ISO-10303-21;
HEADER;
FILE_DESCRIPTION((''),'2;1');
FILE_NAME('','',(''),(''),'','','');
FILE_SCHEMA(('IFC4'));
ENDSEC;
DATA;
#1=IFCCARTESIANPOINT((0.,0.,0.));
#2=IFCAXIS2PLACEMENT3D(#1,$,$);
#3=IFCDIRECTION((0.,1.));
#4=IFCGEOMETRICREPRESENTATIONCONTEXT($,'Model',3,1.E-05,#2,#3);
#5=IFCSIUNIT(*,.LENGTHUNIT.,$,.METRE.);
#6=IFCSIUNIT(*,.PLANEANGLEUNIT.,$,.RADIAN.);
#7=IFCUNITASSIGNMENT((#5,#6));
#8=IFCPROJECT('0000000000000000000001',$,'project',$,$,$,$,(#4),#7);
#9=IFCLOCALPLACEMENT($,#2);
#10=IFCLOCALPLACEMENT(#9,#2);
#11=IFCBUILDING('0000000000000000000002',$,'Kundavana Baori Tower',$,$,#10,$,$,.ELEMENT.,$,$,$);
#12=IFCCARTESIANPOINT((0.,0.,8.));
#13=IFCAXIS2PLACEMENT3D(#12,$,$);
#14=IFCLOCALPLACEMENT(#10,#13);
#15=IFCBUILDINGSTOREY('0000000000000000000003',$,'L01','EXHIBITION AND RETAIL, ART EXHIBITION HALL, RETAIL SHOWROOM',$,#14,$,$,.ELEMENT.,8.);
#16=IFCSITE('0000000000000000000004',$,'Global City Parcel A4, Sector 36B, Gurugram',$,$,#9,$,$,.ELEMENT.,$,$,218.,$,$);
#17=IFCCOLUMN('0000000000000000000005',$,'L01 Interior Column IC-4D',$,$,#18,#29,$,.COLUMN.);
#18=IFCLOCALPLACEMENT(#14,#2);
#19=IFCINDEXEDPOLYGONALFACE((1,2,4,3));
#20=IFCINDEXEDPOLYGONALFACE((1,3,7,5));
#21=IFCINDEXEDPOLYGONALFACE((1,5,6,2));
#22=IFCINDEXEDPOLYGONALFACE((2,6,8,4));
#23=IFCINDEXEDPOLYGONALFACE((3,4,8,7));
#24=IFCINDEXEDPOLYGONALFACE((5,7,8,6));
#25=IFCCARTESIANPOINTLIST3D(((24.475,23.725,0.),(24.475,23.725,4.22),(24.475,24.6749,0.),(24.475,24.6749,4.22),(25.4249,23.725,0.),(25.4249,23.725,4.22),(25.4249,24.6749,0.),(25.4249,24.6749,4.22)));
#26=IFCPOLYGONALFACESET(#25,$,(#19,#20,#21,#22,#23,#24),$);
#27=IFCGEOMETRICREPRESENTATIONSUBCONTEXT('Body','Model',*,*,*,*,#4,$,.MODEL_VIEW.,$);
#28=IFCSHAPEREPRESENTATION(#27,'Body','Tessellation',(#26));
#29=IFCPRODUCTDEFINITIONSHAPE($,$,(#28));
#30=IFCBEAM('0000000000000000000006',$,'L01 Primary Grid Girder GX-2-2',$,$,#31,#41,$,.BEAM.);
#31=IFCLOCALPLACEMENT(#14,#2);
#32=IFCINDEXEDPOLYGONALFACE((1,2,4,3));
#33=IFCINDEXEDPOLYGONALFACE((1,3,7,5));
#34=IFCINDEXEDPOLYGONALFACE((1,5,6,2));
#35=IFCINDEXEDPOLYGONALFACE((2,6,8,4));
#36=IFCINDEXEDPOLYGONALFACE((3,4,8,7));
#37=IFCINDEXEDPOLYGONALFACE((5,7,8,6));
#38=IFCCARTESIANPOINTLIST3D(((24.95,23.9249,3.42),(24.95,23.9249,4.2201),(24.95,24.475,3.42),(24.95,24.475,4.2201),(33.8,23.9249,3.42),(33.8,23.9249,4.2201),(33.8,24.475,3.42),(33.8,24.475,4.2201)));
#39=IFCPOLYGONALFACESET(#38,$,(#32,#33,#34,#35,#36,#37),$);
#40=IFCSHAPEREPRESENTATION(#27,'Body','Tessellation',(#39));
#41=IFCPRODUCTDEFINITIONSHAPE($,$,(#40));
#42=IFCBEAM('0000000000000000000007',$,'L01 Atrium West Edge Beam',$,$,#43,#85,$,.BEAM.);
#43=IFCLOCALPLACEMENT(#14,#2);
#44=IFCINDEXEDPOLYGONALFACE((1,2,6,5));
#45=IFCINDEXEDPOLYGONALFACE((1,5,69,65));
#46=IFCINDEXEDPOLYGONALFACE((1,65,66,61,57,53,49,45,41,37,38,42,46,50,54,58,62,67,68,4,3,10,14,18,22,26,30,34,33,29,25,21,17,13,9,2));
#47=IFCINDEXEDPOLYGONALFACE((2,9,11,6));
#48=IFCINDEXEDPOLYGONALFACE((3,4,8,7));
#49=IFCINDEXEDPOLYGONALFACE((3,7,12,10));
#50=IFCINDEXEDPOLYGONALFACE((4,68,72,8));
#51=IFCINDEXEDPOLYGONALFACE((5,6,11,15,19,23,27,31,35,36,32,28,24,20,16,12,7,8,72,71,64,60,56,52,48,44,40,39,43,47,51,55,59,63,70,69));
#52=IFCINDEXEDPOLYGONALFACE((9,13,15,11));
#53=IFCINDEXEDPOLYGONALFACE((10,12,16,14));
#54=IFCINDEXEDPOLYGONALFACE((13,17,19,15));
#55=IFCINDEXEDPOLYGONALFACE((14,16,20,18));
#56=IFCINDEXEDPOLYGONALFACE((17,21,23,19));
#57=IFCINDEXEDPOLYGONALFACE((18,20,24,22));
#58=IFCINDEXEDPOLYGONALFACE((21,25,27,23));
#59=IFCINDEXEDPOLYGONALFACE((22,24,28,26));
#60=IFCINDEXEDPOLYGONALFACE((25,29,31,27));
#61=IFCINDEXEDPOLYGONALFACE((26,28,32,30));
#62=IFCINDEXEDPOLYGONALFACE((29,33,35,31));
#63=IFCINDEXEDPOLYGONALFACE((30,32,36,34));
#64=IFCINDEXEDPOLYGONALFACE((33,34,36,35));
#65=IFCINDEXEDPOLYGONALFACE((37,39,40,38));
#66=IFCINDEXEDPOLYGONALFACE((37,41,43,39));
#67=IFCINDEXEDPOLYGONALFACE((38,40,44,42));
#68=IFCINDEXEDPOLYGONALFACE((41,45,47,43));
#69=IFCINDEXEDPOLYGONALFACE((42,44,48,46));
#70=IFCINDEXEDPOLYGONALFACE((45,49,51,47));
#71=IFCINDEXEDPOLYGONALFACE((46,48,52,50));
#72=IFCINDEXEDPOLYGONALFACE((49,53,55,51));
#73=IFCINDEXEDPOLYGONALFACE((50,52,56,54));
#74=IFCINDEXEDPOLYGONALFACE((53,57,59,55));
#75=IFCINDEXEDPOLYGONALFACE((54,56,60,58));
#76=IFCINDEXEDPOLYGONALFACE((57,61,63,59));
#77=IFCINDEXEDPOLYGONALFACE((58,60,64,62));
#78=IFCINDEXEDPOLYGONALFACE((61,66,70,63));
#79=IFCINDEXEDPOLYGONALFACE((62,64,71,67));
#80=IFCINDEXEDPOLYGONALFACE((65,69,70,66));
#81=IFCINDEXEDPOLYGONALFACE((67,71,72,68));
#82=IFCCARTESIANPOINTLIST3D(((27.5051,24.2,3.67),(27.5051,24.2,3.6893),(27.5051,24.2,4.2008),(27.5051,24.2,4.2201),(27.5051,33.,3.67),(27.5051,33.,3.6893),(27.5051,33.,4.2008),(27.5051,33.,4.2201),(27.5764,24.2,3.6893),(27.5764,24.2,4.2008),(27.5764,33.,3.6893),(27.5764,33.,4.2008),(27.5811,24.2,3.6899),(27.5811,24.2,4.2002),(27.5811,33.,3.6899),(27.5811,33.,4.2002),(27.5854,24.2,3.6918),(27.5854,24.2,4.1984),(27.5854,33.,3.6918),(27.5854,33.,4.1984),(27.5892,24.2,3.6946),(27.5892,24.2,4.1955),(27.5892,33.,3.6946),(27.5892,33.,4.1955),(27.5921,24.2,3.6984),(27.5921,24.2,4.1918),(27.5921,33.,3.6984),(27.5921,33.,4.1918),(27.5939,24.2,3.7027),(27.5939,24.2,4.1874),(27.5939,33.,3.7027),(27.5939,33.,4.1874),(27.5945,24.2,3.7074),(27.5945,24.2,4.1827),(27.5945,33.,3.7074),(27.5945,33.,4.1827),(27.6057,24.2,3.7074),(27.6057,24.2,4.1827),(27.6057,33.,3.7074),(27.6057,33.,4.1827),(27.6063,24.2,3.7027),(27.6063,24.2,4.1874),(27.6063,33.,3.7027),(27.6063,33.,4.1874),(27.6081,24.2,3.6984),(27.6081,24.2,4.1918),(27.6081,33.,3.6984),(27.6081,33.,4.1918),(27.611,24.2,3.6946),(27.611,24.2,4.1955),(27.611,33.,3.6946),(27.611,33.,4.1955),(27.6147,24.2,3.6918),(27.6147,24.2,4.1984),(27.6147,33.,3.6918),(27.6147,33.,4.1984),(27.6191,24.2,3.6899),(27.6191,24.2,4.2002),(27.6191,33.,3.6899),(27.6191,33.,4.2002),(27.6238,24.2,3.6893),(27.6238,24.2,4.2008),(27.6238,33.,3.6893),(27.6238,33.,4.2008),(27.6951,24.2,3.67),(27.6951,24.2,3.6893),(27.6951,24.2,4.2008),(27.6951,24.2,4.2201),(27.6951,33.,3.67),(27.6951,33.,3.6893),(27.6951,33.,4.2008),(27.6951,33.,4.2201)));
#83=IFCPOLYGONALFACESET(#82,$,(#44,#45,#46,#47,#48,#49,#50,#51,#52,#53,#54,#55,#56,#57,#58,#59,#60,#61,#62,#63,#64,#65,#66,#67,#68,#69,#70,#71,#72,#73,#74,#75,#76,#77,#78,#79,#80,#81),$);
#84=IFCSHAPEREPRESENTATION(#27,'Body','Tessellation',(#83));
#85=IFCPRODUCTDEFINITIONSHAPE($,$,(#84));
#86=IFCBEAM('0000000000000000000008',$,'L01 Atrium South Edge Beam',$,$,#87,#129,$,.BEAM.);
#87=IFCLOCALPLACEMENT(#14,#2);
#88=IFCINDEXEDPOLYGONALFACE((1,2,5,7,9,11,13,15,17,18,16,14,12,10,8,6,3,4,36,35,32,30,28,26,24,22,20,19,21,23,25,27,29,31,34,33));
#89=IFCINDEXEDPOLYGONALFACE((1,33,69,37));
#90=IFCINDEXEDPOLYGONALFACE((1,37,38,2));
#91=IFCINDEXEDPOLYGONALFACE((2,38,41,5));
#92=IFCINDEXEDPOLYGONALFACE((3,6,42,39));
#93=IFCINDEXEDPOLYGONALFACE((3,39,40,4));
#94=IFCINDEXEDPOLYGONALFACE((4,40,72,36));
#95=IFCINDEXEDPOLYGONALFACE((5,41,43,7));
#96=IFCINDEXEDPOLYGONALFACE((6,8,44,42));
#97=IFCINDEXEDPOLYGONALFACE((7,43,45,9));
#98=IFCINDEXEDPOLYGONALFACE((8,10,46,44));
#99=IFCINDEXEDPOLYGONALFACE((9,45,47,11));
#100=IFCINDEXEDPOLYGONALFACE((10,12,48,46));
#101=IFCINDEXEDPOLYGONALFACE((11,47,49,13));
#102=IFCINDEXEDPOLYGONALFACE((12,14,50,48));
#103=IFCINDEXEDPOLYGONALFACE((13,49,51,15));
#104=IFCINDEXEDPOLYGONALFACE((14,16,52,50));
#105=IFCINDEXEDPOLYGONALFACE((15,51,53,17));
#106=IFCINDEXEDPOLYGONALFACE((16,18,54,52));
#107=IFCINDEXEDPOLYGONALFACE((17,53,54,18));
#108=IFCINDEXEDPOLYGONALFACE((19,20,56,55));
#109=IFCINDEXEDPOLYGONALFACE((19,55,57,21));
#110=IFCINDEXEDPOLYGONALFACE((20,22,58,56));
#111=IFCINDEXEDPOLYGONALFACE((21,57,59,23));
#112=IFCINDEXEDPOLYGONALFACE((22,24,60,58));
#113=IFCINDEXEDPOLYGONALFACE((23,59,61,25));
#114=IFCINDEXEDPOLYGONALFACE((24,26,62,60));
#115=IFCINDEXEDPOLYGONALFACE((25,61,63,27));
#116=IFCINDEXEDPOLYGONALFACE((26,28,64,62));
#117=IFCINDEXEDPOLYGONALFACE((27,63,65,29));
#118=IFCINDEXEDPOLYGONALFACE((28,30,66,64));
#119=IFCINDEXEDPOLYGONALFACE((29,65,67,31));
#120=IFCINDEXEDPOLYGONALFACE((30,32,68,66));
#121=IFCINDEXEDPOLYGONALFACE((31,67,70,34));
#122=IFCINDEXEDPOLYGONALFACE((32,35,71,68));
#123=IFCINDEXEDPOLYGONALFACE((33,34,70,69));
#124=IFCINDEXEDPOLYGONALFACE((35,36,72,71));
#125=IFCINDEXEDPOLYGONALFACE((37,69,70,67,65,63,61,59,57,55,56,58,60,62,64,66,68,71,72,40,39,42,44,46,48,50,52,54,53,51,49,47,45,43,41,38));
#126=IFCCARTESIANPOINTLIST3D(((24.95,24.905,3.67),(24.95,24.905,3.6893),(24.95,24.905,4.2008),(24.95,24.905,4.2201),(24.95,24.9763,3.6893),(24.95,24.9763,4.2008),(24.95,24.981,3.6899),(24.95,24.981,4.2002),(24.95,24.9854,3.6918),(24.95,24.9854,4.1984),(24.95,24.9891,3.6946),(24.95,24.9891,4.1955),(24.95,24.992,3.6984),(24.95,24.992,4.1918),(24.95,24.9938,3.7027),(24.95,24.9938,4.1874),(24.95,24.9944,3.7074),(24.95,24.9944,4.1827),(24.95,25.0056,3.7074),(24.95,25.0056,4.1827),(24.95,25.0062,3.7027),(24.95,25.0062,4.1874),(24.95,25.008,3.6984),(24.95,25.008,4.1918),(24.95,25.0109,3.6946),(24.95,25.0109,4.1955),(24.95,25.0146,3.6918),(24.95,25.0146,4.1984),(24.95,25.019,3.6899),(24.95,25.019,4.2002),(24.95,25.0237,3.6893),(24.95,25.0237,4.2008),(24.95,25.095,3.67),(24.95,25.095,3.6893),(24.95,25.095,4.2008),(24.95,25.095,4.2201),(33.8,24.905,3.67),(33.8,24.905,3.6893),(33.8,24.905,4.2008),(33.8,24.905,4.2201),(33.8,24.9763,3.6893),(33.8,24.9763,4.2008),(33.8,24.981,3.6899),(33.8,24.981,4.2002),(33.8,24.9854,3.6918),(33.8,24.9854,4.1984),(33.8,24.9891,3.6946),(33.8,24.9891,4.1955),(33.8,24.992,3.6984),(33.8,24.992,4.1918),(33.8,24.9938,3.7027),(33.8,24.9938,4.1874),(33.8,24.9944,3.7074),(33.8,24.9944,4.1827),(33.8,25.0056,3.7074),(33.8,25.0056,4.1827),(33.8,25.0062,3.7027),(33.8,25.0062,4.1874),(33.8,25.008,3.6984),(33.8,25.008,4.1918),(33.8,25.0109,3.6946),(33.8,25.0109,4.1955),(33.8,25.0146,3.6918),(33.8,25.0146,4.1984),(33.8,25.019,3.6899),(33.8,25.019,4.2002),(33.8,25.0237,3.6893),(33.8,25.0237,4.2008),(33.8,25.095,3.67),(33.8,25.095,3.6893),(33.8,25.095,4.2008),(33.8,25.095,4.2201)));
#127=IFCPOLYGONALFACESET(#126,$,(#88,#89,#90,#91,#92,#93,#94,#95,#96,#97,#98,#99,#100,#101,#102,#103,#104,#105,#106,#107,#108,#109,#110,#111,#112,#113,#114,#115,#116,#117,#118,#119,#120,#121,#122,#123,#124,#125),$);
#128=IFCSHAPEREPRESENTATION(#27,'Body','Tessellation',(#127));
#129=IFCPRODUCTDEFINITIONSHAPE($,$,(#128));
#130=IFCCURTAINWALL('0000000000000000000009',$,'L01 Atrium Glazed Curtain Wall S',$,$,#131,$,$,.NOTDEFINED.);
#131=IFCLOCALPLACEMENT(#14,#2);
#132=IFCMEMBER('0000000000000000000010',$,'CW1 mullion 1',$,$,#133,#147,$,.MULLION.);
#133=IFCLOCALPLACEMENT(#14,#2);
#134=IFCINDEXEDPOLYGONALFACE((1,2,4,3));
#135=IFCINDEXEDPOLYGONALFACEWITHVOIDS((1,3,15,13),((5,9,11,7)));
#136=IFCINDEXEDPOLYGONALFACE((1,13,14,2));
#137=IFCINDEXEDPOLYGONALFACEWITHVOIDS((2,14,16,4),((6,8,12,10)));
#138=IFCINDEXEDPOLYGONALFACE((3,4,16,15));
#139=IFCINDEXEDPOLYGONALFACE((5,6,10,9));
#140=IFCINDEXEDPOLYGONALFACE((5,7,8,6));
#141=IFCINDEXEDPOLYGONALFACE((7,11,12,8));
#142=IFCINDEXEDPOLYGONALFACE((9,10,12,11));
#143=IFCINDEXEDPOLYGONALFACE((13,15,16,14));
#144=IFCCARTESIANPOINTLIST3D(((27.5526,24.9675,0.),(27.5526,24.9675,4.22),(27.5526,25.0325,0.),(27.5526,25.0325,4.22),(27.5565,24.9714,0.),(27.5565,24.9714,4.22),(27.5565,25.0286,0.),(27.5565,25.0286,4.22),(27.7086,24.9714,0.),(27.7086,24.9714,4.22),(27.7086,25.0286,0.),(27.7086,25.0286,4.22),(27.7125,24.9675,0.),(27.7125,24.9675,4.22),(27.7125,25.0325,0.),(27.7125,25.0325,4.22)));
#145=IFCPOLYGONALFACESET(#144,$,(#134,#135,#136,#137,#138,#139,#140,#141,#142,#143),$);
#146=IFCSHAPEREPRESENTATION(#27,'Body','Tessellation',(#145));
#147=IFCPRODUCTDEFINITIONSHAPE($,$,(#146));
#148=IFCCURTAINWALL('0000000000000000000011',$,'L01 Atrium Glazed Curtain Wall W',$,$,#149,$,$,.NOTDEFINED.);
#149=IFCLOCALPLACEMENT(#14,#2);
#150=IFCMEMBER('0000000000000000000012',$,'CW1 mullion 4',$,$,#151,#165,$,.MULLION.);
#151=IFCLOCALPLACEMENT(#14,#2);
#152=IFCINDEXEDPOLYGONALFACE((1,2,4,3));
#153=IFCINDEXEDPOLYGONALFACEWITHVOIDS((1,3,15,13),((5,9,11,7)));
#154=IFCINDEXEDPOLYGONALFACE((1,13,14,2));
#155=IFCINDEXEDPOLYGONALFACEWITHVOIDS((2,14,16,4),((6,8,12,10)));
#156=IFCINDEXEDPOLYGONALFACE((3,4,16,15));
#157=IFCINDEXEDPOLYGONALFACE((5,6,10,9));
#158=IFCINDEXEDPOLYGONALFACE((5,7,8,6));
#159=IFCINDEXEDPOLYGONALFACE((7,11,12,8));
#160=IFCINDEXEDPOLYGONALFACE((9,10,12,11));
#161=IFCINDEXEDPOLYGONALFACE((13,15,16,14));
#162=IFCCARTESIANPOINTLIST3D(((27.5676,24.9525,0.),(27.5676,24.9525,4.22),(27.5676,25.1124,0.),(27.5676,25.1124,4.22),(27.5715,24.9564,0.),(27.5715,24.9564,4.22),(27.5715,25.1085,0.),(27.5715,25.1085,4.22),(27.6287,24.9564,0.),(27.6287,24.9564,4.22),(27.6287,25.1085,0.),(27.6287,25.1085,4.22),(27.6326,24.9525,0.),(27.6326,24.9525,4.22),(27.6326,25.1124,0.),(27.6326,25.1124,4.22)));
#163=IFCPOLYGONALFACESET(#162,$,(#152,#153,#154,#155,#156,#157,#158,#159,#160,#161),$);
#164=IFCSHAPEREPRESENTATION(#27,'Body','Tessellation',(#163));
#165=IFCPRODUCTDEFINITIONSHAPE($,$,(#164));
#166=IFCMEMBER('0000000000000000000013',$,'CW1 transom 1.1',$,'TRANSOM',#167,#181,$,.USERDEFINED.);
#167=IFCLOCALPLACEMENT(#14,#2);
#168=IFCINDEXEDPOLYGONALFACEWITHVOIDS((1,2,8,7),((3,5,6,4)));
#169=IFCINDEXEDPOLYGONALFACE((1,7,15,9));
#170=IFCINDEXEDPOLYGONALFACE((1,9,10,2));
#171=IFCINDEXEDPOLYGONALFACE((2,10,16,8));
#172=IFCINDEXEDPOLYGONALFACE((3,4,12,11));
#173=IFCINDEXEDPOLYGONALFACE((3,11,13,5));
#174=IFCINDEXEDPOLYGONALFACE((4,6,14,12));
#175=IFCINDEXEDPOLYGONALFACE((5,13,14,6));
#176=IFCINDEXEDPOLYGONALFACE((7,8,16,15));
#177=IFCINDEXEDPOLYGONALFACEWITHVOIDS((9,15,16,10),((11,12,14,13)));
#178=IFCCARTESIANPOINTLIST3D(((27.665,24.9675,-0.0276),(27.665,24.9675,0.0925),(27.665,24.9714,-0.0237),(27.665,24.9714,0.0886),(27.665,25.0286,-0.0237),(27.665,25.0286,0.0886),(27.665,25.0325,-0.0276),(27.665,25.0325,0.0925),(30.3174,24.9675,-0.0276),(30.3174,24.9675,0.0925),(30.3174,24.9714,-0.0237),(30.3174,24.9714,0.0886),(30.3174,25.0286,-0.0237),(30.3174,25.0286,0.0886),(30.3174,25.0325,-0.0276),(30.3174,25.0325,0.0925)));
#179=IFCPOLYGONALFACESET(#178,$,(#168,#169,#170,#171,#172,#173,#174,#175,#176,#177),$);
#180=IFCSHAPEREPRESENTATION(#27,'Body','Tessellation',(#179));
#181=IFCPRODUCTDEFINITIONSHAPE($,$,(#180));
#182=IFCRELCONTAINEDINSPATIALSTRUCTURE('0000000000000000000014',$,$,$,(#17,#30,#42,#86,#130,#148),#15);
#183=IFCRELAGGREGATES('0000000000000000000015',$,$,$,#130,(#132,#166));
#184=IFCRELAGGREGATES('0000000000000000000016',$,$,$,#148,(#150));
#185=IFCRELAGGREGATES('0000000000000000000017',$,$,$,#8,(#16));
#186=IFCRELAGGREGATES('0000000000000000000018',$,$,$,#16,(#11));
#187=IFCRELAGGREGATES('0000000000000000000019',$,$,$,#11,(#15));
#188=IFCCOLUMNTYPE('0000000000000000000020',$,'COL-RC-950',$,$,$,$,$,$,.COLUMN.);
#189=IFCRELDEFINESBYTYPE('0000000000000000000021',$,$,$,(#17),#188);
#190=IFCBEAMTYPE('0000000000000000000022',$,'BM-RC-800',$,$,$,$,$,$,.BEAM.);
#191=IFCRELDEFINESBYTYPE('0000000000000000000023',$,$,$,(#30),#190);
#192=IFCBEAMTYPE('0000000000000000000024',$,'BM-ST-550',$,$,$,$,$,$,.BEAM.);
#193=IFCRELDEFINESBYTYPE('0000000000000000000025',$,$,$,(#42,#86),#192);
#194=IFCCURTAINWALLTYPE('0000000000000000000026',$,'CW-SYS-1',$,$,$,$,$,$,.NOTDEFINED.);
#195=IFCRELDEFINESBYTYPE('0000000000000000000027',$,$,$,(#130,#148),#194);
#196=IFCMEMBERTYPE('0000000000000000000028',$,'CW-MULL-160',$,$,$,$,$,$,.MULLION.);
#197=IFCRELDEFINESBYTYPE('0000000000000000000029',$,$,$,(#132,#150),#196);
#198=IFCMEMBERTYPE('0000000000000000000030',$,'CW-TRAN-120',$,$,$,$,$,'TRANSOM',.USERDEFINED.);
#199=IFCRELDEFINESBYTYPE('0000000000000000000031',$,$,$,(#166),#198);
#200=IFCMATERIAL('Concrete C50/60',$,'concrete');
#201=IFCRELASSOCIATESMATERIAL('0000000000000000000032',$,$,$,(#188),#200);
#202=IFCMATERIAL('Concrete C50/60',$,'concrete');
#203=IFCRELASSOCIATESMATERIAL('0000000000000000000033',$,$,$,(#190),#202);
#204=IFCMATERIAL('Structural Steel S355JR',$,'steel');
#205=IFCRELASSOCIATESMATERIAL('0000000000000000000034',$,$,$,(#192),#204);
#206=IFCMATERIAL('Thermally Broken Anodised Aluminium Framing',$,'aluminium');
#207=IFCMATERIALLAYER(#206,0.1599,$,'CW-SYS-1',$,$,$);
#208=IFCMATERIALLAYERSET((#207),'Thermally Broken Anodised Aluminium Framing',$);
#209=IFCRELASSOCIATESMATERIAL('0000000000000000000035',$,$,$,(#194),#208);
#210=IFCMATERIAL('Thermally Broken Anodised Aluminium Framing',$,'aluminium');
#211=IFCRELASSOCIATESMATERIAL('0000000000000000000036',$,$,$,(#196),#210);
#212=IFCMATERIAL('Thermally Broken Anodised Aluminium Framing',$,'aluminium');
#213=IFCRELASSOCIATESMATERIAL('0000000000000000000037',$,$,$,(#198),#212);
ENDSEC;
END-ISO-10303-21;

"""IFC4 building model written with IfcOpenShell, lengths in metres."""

from ifc_helpers import new_model, si_unit, direction, frame, origin, origin_2d, place, context, subcontext, project, spatial, rectangle, hollow_rectangle, i_section, extrude, material, layer, layer_set, material_profile, profile_set, type_object, element, aggregate, save


model = new_model("IFC4")

# Units and contexts
model_context = context("Model", 3, precision=1e-05, world=origin(), true_north=direction((0.0, 1.0)))
body_context = subcontext(model_context, "Body", "Model", "MODEL_VIEW")
ifc_project = project(units=[si_unit("LENGTHUNIT", "METRE"), si_unit("PLANEANGLEUNIT", "RADIAN")], contexts=[model_context])

# Site, building, storey
site_placement = place(None, origin())
site = spatial("IfcSite", under=ifc_project, at=site_placement, Name="Global City Parcel A4, Sector 36B, Gurugram", CompositionType="ELEMENT", RefElevation=218.0)
building_placement = place(site_placement, origin())
building = spatial("IfcBuilding", under=site, at=building_placement, Name="Kundavana Baori Tower", CompositionType="ELEMENT")
storey_placement = place(building_placement, frame((0.0, 0.0, 8.0)))
storey = spatial("IfcBuildingStorey", under=building, at=storey_placement, Name="L01", Description="EXHIBITION AND RETAIL, ART EXHIBITION HALL, RETAIL SHOWROOM", CompositionType="ELEMENT", Elevation=8.0)

# Column
ifc_material_1 = material(Name="Concrete C50/60", Category="concrete")
ifc_material_profile_1 = material_profile(ifc_material_1, rectangle(XDim=0.95, YDim=0.95, at=origin_2d()), Name="RC 950x950")
ifc_profile_set_1 = profile_set([ifc_material_profile_1], Name="Concrete C50/60")
column_type = type_object("IfcColumnType", Name="COL-RC-950", PredefinedType="COLUMN", material=ifc_profile_set_1)
column_placement = place(storey_placement, frame((24.95, 24.2, 0.0), z_axis=(0.0, 0.0, 1.0), x_axis=(1.0, 0.0, 0.0)))
element("IfcColumn", 1, at=column_placement, inside=storey, type_object=column_type, Name="L01 Interior Column IC-4D", PredefinedType="COLUMN", context=body_context, shape_type="SweptSolid", body=[
    extrude(rectangle(XDim=0.95, YDim=0.95, at=origin_2d()), origin(), (0.0, 0.0, 1.0), 4.22),
])

# Beams
ifc_material_2 = material(Name="Concrete C50/60", Category="concrete")
ifc_material_profile_2 = material_profile(ifc_material_2, rectangle(XDim=0.55, YDim=0.8, at=origin_2d()), Name="RC BM 550x800")
ifc_profile_set_2 = profile_set([ifc_material_profile_2], Name="Concrete C50/60")
beam_type_1 = type_object("IfcBeamType", Name="BM-RC-800", PredefinedType="BEAM", material=ifc_profile_set_2)
beam_1_placement = place(storey_placement, frame((24.95, 24.2, 3.8201), z_axis=(1.0, 0.0, 0.0), x_axis=(0.0, 1.0, 0.0)))
element("IfcBeam", 2, at=beam_1_placement, inside=storey, type_object=beam_type_1, Name="L01 Primary Grid Girder GX-2-2", PredefinedType="BEAM", context=body_context, shape_type="SweptSolid", body=[
    extrude(rectangle(XDim=0.55, YDim=0.8, at=origin_2d()), origin(), (0.0, 0.0, 1.0), 8.8501),
])
ifc_material_3 = material(Name="Structural Steel S355JR", Category="steel")
ifc_material_profile_3 = material_profile(ifc_material_3, i_section(OverallWidth=0.1899, OverallDepth=0.55, WebThickness=0.0112, FlangeThickness=0.0193, FilletRadius=0.0181, at=origin_2d()), Name="ISMB 550")
ifc_profile_set_3 = profile_set([ifc_material_profile_3], Name="Structural Steel S355JR")
beam_type_2 = type_object("IfcBeamType", Name="BM-ST-550", PredefinedType="BEAM", material=ifc_profile_set_3)
beam_2_placement = place(storey_placement, frame((27.6001, 24.2, 3.9451), z_axis=(0.0, 1.0, 0.0), x_axis=(-1.0, 0.0, 0.0)))
element("IfcBeam", 3, at=beam_2_placement, inside=storey, type_object=beam_type_2, Name="L01 Atrium West Edge Beam", PredefinedType="BEAM", context=body_context, shape_type="SweptSolid", body=[
    extrude(i_section(OverallWidth=0.1899, OverallDepth=0.55, WebThickness=0.0112, FlangeThickness=0.0193, FilletRadius=0.0181, at=origin_2d()), origin(), (0.0, 0.0, 1.0), 8.8),
])
beam_3_placement = place(storey_placement, frame((24.95, 25.0, 3.9451), z_axis=(1.0, 0.0, 0.0), x_axis=(0.0, 1.0, 0.0)))
element("IfcBeam", 4, at=beam_3_placement, inside=storey, type_object=beam_type_2, Name="L01 Atrium South Edge Beam", PredefinedType="BEAM", context=body_context, shape_type="SweptSolid", body=[
    extrude(i_section(OverallWidth=0.1899, OverallDepth=0.55, WebThickness=0.0112, FlangeThickness=0.0193, FilletRadius=0.0181, at=origin_2d()), origin(), (0.0, 0.0, 1.0), 8.8501),
])

# Curtain walls, members
ifc_material_4 = material(Name="Thermally Broken Anodised Aluminium Framing", Category="aluminium")
ifc_layer_1 = layer(ifc_material_4, 0.1599, Name="CW-SYS-1")
ifc_layer_set_1 = layer_set([ifc_layer_1], Name="Thermally Broken Anodised Aluminium Framing")
curtain_wall_type = type_object("IfcCurtainWallType", Name="CW-SYS-1", PredefinedType="NOTDEFINED", material=ifc_layer_set_1)
curtain_wall_1_placement = place(storey_placement, origin())
curtain_wall_1 = element("IfcCurtainWall", 5, at=curtain_wall_1_placement, inside=storey, type_object=curtain_wall_type, Name="L01 Atrium Glazed Curtain Wall S", PredefinedType="NOTDEFINED")
ifc_material_5 = material(Name="Thermally Broken Anodised Aluminium Framing", Category="aluminium")
ifc_material_profile_4 = material_profile(ifc_material_5, hollow_rectangle(XDim=0.0649, YDim=0.1599, WallThickness=0.0039, at=origin_2d()), Name="CW-MULL-160")
ifc_profile_set_4 = profile_set([ifc_material_profile_4], Name="Thermally Broken Anodised Aluminium Framing")
member_type_1 = type_object("IfcMemberType", Name="CW-MULL-160", PredefinedType="MULLION", material=ifc_profile_set_4)
member_1_placement = place(storey_placement, frame((27.6326, 25.0, 0.0), z_axis=(0.0, 0.0, 1.0), x_axis=(0.0, 1.0, 0.0)))
member_1 = element("IfcMember", 6, at=member_1_placement, type_object=member_type_1, Name="CW1 mullion 1", PredefinedType="MULLION", context=body_context, shape_type="SweptSolid", body=[
    extrude(hollow_rectangle(XDim=0.0649, YDim=0.1599, WallThickness=0.0039, at=origin_2d()), origin(), (0.0, 0.0, 1.0), 4.22),
])
curtain_wall_2_placement = place(storey_placement, origin())
curtain_wall_2 = element("IfcCurtainWall", 7, at=curtain_wall_2_placement, inside=storey, type_object=curtain_wall_type, Name="L01 Atrium Glazed Curtain Wall W", PredefinedType="NOTDEFINED")
member_2_placement = place(storey_placement, frame((27.6001, 25.0325, 0.0), z_axis=(0.0, 0.0, 1.0), x_axis=(1.0, 0.0, 0.0)))
member_2 = element("IfcMember", 8, at=member_2_placement, type_object=member_type_1, Name="CW1 mullion 4", PredefinedType="MULLION", context=body_context, shape_type="SweptSolid", body=[
    extrude(hollow_rectangle(XDim=0.0649, YDim=0.1599, WallThickness=0.0039, at=origin_2d()), origin(), (0.0, 0.0, 1.0), 4.22),
])

# Member
ifc_material_6 = material(Name="Thermally Broken Anodised Aluminium Framing", Category="aluminium")
ifc_material_profile_5 = material_profile(ifc_material_6, hollow_rectangle(XDim=0.0649, YDim=0.1201, WallThickness=0.0039, at=origin_2d()), Name="CW-TRAN-120")
ifc_profile_set_5 = profile_set([ifc_material_profile_5], Name="Thermally Broken Anodised Aluminium Framing")
member_type_2 = type_object("IfcMemberType", Name="CW-TRAN-120", ElementType="TRANSOM", PredefinedType="USERDEFINED", material=ifc_profile_set_5)
member_3_placement = place(storey_placement, frame((27.665, 25.0, 0.0325), z_axis=(1.0, 0.0, 0.0), x_axis=(0.0, 1.0, 0.0)))
member_3 = element("IfcMember", 9, at=member_3_placement, type_object=member_type_2, Name="CW1 transom 1.1", ObjectType="TRANSOM", PredefinedType="USERDEFINED", context=body_context, shape_type="SweptSolid", body=[
    extrude(hollow_rectangle(XDim=0.0649, YDim=0.1201, WallThickness=0.0039, at=origin_2d()), origin(), (0.0, 0.0, 1.0), 2.6523),
])
aggregate(curtain_wall_1, [member_1, member_3])

aggregate(curtain_wall_2, [member_2])

save(model, "model.ifc")
